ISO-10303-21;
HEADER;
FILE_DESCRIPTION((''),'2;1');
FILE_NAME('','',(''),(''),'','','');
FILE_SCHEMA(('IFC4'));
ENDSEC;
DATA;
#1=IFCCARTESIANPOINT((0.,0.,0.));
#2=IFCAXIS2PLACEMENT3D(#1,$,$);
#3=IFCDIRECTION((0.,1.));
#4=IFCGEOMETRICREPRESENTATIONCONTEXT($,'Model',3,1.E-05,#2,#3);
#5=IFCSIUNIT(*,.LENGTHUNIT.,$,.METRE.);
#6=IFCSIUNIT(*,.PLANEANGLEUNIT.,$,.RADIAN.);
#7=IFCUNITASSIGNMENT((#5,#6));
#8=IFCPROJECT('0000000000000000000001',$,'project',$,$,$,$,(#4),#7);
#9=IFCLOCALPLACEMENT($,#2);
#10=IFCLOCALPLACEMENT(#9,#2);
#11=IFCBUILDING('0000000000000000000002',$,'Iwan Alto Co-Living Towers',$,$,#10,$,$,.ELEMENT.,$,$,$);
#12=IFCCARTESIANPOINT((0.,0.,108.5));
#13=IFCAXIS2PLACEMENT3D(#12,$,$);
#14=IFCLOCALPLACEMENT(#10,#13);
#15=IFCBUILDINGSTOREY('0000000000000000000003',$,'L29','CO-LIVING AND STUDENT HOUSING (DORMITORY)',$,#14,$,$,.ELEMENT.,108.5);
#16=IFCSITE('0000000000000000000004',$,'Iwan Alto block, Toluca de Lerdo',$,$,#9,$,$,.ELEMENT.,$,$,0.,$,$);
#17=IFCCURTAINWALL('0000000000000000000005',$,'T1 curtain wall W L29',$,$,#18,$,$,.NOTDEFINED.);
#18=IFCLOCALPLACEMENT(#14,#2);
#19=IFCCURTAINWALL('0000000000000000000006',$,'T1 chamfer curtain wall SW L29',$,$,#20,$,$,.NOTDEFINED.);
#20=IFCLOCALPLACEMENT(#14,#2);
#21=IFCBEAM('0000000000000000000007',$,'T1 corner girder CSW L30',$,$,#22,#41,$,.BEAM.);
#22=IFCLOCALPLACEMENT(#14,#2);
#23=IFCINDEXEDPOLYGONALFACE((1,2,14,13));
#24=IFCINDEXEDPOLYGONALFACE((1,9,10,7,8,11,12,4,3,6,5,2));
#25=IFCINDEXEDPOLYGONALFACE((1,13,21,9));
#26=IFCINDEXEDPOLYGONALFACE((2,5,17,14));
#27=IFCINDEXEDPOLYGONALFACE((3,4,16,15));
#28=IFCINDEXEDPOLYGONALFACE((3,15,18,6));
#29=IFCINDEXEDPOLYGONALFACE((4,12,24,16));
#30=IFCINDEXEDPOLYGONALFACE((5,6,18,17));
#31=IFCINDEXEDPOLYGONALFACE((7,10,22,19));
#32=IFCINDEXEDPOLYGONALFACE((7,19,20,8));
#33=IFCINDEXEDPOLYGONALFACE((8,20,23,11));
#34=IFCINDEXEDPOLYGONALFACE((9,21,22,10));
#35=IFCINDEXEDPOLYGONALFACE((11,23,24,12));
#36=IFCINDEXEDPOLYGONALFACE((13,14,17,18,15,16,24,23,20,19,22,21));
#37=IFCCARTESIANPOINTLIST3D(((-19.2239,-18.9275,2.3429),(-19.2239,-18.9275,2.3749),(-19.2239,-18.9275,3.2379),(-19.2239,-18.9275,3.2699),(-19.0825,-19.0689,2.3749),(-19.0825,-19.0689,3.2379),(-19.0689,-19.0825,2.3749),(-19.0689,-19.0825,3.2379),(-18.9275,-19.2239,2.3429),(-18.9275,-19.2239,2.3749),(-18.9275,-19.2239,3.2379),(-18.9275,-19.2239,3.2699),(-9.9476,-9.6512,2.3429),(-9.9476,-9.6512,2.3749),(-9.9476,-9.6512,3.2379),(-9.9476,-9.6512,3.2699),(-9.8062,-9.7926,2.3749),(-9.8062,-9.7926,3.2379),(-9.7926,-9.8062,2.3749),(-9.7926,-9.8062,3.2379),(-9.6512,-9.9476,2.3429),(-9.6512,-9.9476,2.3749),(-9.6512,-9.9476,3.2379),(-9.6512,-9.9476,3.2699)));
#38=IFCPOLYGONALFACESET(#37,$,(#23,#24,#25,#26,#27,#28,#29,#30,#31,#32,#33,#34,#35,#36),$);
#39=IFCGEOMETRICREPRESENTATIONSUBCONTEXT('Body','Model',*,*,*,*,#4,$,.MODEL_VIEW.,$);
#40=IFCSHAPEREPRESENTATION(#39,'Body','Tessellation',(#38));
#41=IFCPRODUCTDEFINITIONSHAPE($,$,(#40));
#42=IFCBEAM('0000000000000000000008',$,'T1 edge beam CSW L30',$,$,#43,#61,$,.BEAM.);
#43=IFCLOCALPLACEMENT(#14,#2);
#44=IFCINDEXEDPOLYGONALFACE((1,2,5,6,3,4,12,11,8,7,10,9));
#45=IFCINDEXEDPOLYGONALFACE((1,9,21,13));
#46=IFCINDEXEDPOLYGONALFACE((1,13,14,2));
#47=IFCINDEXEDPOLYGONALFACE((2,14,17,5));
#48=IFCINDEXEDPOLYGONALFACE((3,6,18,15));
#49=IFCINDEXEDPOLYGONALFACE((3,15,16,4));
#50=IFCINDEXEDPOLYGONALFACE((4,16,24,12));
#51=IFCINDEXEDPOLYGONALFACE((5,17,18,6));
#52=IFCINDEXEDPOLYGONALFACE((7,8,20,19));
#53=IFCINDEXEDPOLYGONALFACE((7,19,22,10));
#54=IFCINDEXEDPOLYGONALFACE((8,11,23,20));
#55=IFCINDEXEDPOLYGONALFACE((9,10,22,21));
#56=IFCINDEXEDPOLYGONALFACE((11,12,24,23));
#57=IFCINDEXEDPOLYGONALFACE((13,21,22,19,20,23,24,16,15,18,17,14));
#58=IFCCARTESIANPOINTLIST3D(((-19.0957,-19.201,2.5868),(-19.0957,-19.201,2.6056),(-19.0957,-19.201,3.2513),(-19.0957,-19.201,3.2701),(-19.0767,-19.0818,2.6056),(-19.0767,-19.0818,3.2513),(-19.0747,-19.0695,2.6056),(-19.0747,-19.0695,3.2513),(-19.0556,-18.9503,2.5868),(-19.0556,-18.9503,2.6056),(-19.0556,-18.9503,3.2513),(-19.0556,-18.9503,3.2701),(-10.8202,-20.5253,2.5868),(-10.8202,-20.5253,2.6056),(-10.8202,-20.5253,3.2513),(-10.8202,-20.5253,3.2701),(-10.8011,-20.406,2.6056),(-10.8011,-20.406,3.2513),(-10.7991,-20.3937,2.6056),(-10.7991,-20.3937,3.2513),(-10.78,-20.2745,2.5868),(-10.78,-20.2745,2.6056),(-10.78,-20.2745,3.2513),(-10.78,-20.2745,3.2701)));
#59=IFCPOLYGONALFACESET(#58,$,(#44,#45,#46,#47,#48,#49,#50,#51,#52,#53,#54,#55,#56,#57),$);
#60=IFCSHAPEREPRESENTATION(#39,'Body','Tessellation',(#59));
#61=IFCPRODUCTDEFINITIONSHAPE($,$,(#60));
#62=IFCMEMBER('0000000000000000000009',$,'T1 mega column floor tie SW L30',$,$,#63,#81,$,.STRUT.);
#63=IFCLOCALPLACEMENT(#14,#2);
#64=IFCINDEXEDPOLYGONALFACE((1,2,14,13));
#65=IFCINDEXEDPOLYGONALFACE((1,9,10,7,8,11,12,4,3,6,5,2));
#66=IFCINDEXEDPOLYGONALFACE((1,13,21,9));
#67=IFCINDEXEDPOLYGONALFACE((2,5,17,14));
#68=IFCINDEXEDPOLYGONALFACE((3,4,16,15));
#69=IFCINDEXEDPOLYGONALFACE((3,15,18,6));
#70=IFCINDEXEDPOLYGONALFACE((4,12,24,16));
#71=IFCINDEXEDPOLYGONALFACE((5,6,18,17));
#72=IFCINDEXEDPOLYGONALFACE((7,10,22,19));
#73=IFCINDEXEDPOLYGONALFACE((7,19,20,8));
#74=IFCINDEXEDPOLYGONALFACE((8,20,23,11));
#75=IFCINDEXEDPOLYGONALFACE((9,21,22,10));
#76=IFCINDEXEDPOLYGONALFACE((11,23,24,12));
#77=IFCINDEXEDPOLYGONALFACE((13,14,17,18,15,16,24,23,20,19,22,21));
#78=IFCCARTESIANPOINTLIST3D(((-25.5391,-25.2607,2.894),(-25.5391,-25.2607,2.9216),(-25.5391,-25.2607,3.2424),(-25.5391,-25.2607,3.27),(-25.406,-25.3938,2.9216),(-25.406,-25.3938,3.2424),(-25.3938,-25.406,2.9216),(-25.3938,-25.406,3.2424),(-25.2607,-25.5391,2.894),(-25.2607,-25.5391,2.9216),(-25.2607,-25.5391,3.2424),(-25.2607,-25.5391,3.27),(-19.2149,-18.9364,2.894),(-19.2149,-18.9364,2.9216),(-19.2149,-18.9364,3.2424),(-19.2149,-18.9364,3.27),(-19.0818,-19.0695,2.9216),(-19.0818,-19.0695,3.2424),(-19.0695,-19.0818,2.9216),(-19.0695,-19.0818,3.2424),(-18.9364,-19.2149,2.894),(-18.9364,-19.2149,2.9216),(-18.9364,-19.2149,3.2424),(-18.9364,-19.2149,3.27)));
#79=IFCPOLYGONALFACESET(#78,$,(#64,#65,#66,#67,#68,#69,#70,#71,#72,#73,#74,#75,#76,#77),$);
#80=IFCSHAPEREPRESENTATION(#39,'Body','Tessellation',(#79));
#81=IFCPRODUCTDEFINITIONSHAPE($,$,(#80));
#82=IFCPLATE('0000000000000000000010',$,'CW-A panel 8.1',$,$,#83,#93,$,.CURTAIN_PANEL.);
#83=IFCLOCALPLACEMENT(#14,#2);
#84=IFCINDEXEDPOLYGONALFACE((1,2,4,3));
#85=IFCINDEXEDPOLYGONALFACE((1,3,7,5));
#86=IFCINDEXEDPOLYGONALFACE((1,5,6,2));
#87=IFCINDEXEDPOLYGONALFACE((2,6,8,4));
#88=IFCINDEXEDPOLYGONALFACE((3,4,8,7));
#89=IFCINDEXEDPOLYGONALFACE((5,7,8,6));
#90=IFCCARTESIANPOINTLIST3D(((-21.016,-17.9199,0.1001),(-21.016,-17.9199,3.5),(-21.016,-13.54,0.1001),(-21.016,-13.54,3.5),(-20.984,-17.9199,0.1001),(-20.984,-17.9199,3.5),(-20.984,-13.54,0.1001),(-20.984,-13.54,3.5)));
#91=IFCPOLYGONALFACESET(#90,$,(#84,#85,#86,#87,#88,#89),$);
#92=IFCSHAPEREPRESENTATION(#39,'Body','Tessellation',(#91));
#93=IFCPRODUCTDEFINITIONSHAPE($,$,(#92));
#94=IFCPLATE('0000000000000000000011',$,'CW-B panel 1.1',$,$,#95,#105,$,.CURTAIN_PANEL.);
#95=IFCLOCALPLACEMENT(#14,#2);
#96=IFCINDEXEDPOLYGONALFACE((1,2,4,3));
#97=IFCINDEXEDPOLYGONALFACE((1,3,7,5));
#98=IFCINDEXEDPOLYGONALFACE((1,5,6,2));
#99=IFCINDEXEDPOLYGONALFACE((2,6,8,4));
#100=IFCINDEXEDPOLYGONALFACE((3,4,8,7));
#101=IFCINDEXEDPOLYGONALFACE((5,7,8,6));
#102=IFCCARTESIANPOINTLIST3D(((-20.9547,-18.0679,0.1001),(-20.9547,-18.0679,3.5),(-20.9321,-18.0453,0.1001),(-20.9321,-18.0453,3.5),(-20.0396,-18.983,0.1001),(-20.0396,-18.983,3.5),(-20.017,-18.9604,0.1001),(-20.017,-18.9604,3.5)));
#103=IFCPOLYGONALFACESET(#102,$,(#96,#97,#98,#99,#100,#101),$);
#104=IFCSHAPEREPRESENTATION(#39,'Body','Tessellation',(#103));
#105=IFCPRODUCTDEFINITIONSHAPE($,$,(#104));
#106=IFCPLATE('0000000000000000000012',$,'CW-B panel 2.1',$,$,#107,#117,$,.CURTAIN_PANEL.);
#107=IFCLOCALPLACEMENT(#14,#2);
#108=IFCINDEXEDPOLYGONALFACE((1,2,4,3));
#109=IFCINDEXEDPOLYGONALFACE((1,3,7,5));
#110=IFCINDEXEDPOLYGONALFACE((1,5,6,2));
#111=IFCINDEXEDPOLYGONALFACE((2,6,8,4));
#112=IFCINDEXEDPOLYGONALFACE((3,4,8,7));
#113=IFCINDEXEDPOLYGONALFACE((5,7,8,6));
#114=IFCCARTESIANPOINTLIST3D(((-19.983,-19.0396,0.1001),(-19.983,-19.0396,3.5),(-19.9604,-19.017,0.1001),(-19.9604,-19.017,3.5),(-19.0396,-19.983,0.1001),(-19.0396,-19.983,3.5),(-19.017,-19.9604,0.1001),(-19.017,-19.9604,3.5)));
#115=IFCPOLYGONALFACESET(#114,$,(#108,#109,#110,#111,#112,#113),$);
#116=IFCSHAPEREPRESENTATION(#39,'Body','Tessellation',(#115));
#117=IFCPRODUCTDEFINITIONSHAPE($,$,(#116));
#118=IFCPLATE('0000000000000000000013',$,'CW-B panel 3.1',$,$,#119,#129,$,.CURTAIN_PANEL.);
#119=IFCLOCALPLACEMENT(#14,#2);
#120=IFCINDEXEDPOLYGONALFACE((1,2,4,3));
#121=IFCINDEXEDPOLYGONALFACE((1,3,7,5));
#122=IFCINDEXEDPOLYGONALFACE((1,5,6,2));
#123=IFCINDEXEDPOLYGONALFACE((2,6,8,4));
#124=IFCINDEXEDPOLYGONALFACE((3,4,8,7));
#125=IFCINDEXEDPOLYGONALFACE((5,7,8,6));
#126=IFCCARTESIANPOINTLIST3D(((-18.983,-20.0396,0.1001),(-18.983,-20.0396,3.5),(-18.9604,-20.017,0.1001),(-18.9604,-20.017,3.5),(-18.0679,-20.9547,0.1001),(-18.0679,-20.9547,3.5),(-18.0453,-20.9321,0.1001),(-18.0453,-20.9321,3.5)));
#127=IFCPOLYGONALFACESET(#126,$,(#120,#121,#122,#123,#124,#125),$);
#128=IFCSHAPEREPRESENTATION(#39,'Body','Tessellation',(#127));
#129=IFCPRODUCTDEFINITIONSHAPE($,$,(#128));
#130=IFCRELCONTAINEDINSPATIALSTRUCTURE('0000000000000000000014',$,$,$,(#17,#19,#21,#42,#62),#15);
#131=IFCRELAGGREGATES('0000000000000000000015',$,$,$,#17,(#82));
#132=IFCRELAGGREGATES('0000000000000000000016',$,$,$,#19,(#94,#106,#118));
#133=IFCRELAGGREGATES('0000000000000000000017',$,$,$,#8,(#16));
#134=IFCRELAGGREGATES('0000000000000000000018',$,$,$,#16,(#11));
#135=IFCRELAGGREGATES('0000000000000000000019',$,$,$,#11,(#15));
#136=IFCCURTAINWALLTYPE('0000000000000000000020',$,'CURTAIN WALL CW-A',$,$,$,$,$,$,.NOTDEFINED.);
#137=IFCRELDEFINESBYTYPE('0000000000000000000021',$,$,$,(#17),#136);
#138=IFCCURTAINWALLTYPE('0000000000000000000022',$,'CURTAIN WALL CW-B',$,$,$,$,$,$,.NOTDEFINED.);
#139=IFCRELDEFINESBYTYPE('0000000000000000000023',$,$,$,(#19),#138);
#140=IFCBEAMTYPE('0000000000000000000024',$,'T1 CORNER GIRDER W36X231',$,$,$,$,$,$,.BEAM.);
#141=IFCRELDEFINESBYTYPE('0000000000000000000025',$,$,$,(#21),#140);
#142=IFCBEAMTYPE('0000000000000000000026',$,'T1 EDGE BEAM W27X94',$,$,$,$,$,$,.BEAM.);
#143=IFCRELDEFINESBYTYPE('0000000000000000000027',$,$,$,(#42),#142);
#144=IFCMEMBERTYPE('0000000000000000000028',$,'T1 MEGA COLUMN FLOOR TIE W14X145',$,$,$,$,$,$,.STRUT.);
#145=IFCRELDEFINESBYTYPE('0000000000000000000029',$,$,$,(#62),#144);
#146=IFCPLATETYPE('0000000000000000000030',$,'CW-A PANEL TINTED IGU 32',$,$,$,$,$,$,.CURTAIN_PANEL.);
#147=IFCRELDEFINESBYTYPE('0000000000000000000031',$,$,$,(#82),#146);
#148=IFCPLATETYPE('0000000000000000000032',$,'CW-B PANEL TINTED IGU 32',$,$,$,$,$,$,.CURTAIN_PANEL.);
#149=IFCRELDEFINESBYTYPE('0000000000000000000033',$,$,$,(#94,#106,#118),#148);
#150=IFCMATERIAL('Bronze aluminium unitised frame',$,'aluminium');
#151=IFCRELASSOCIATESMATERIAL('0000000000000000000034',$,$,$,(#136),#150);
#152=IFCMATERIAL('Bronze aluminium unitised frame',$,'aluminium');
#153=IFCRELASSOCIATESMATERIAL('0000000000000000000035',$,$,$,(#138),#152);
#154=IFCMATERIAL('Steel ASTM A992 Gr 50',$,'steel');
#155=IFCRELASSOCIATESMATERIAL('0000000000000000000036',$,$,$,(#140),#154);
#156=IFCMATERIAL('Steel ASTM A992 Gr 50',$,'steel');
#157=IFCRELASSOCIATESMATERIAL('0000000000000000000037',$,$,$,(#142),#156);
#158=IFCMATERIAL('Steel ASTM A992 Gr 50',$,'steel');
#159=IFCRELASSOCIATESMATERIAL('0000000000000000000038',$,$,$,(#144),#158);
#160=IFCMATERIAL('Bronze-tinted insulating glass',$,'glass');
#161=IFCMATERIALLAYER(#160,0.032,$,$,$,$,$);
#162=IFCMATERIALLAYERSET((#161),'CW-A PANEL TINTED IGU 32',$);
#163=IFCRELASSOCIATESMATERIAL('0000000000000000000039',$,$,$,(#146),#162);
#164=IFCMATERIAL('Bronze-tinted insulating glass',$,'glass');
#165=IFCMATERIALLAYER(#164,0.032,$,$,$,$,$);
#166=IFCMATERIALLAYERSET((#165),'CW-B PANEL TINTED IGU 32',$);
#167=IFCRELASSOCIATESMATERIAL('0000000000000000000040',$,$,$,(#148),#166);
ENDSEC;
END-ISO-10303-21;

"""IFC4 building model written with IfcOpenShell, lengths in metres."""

from ifc_helpers import new_model, si_unit, direction, frame, origin, origin_2d, place, context, subcontext, project, spatial, rectangle, i_section, extrude, material, layer, layer_set, material_profile, profile_set, type_object, element, aggregate, save


model = new_model("IFC4")

# Units and contexts
model_context = context("Model", 3, precision=1e-05, world=origin(), true_north=direction((0.0, 1.0)))
body_context = subcontext(model_context, "Body", "Model", "MODEL_VIEW")
ifc_project = project(units=[si_unit("LENGTHUNIT", "METRE"), si_unit("PLANEANGLEUNIT", "RADIAN")], contexts=[model_context])

# Site, building, storey
site_placement = place(None, origin())
site = spatial("IfcSite", under=ifc_project, at=site_placement, Name="Iwan Alto block, Toluca de Lerdo", CompositionType="ELEMENT", RefElevation=0.0)
building_placement = place(site_placement, origin())
building = spatial("IfcBuilding", under=site, at=building_placement, Name="Iwan Alto Co-Living Towers", CompositionType="ELEMENT")
storey_placement = place(building_placement, frame((0.0, 0.0, 108.5)))
storey = spatial("IfcBuildingStorey", under=building, at=storey_placement, Name="L29", Description="CO-LIVING AND STUDENT HOUSING (DORMITORY)", CompositionType="ELEMENT", Elevation=108.5)

# Curtain wall
ifc_material_1 = material(Name="Bronze aluminium unitised frame", Category="aluminium")
curtain_wall_type_1 = type_object("IfcCurtainWallType", Name="CURTAIN WALL CW-A", PredefinedType="NOTDEFINED", material=ifc_material_1)
curtain_wall_1_placement = place(storey_placement, origin())
curtain_wall_1 = element("IfcCurtainWall", 1, at=curtain_wall_1_placement, inside=storey, type_object=curtain_wall_type_1, Name="T1 curtain wall W L29", PredefinedType="NOTDEFINED")

# Curtain wall
ifc_material_2 = material(Name="Bronze aluminium unitised frame", Category="aluminium")
curtain_wall_type_2 = type_object("IfcCurtainWallType", Name="CURTAIN WALL CW-B", PredefinedType="NOTDEFINED", material=ifc_material_2)
curtain_wall_2_placement = place(storey_placement, origin())
curtain_wall_2 = element("IfcCurtainWall", 2, at=curtain_wall_2_placement, inside=storey, type_object=curtain_wall_type_2, Name="T1 chamfer curtain wall SW L29", PredefinedType="NOTDEFINED")

# Beams
ifc_material_3 = material(Name="Steel ASTM A992 Gr 50", Category="steel")
ifc_material_profile_1 = material_profile(ifc_material_3, i_section(OverallWidth=0.4192, OverallDepth=0.927, WebThickness=0.0193, FlangeThickness=0.032, at=origin_2d()), Name="W36X231")
ifc_profile_set_1 = profile_set([ifc_material_profile_1], Name="Steel ASTM A992 Gr 50")
beam_type_1 = type_object("IfcBeamType", Name="T1 CORNER GIRDER W36X231", PredefinedType="BEAM", material=ifc_profile_set_1)
beam_1_placement = place(storey_placement, frame((-19.0757, -19.0757, 2.8064), z_axis=(0.707107, 0.707107, 0.0), x_axis=(-0.707107, 0.707107, 0.0)))
element("IfcBeam", 3, at=beam_1_placement, inside=storey, type_object=beam_type_1, Name="T1 corner girder CSW L30", PredefinedType="BEAM", context=body_context, shape_type="SweptSolid", body=[
    extrude(i_section(OverallWidth=0.4192, OverallDepth=0.927, WebThickness=0.0193, FlangeThickness=0.032, at=origin_2d()), origin(), (0.0, 0.0, 1.0), 13.1187),
])
ifc_material_4 = material(Name="Steel ASTM A992 Gr 50", Category="steel")
ifc_material_profile_2 = material_profile(ifc_material_4, i_section(OverallWidth=0.2539, OverallDepth=0.6833, WebThickness=0.0125, FlangeThickness=0.0188, at=origin_2d()), Name="W27X94")
ifc_profile_set_2 = profile_set([ifc_material_profile_2], Name="Steel ASTM A992 Gr 50")
beam_type_2 = type_object("IfcBeamType", Name="T1 EDGE BEAM W27X94", PredefinedType="BEAM", material=ifc_profile_set_2)
beam_2_placement = place(storey_placement, frame((-19.0757, -19.0757, 2.9285), z_axis=(0.987438, -0.158004, 0.0), x_axis=(0.158004, 0.987438, 0.0)))
element("IfcBeam", 4, at=beam_2_placement, inside=storey, type_object=beam_type_2, Name="T1 edge beam CSW L30", PredefinedType="BEAM", context=body_context, shape_type="SweptSolid", body=[
    extrude(i_section(OverallWidth=0.2539, OverallDepth=0.6833, WebThickness=0.0125, FlangeThickness=0.0188, at=origin_2d()), origin(), (0.0, 0.0, 1.0), 8.3809),
])

# Member
ifc_material_5 = material(Name="Steel ASTM A992 Gr 50", Category="steel")
ifc_material_profile_3 = material_profile(ifc_material_5, i_section(OverallWidth=0.3938, OverallDepth=0.376, WebThickness=0.0173, FlangeThickness=0.0276, at=origin_2d()), Name="W14X145")
ifc_profile_set_3 = profile_set([ifc_material_profile_3], Name="Steel ASTM A992 Gr 50")
member_type_1 = type_object("IfcMemberType", Name="T1 MEGA COLUMN FLOOR TIE W14X145", PredefinedType="STRUT", material=ifc_profile_set_3)
member_1_placement = place(storey_placement, frame((-25.3999, -25.3999, 3.082), z_axis=(0.707107, 0.707107, 0.0), x_axis=(-0.707107, 0.707107, 0.0)))
element("IfcMember", 5, at=member_1_placement, inside=storey, type_object=member_type_1, Name="T1 mega column floor tie SW L30", PredefinedType="STRUT", context=body_context, shape_type="SweptSolid", body=[
    extrude(i_section(OverallWidth=0.3938, OverallDepth=0.376, WebThickness=0.0173, FlangeThickness=0.0276, at=origin_2d()), origin(), (0.0, 0.0, 1.0), 8.9438),
])

# Plates
ifc_material_6 = material(Name="Bronze-tinted insulating glass", Category="glass")
ifc_layer_1 = layer(ifc_material_6, 0.032)
ifc_layer_set_1 = layer_set([ifc_layer_1], Name="CW-A PANEL TINTED IGU 32")
plate_type_1 = type_object("IfcPlateType", Name="CW-A PANEL TINTED IGU 32", PredefinedType="CURTAIN_PANEL", material=ifc_layer_set_1)
plate_1_placement = place(storey_placement, frame((-21.0, -15.73, 0.1001), z_axis=(0.0, 0.0, 1.0), x_axis=(0.0, -1.0, 0.0)))
plate_1 = element("IfcPlate", 6, at=plate_1_placement, type_object=plate_type_1, Name="CW-A panel 8.1", PredefinedType="CURTAIN_PANEL", context=body_context, shape_type="SweptSolid", body=[
    extrude(rectangle(XDim=4.3799, YDim=0.032, at=origin_2d()), origin(), (0.0, 0.0, 1.0), 3.3999),
])
aggregate(curtain_wall_1, [plate_1])
ifc_material_7 = material(Name="Bronze-tinted insulating glass", Category="glass")
ifc_layer_2 = layer(ifc_material_7, 0.032)
ifc_layer_set_2 = layer_set([ifc_layer_2], Name="CW-B PANEL TINTED IGU 32")
plate_type_2 = type_object("IfcPlateType", Name="CW-B PANEL TINTED IGU 32", PredefinedType="CURTAIN_PANEL", material=ifc_layer_set_2)
plate_2_placement = place(storey_placement, frame((-20.4858, -18.5142, 0.1001), z_axis=(0.0, 0.0, 1.0), x_axis=(0.707107, -0.707107, 0.0)))
plate_2 = element("IfcPlate", 7, at=plate_2_placement, type_object=plate_type_2, Name="CW-B panel 1.1", PredefinedType="CURTAIN_PANEL", context=body_context, shape_type="SweptSolid", body=[
    extrude(rectangle(XDim=1.2942, YDim=0.032, at=origin_2d()), origin(), (0.0, 0.0, 1.0), 3.3999),
])
plate_3_placement = place(storey_placement, frame((-19.5, -19.5, 0.1001), z_axis=(0.0, 0.0, 1.0), x_axis=(0.707107, -0.707107, 0.0)))
plate_3 = element("IfcPlate", 8, at=plate_3_placement, type_object=plate_type_2, Name="CW-B panel 2.1", PredefinedType="CURTAIN_PANEL", context=body_context, shape_type="SweptSolid", body=[
    extrude(rectangle(XDim=1.3342, YDim=0.032, at=origin_2d()), origin(), (0.0, 0.0, 1.0), 3.3999),
])
plate_4_placement = place(storey_placement, frame((-18.5142, -20.4858, 0.1001), z_axis=(0.0, 0.0, 1.0), x_axis=(0.707107, -0.707107, 0.0)))
plate_4 = element("IfcPlate", 9, at=plate_4_placement, type_object=plate_type_2, Name="CW-B panel 3.1", PredefinedType="CURTAIN_PANEL", context=body_context, shape_type="SweptSolid", body=[
    extrude(rectangle(XDim=1.2942, YDim=0.032, at=origin_2d()), origin(), (0.0, 0.0, 1.0), 3.3999),
])
aggregate(curtain_wall_2, [plate_2, plate_3, plate_4])

save(model, "model.ifc")
